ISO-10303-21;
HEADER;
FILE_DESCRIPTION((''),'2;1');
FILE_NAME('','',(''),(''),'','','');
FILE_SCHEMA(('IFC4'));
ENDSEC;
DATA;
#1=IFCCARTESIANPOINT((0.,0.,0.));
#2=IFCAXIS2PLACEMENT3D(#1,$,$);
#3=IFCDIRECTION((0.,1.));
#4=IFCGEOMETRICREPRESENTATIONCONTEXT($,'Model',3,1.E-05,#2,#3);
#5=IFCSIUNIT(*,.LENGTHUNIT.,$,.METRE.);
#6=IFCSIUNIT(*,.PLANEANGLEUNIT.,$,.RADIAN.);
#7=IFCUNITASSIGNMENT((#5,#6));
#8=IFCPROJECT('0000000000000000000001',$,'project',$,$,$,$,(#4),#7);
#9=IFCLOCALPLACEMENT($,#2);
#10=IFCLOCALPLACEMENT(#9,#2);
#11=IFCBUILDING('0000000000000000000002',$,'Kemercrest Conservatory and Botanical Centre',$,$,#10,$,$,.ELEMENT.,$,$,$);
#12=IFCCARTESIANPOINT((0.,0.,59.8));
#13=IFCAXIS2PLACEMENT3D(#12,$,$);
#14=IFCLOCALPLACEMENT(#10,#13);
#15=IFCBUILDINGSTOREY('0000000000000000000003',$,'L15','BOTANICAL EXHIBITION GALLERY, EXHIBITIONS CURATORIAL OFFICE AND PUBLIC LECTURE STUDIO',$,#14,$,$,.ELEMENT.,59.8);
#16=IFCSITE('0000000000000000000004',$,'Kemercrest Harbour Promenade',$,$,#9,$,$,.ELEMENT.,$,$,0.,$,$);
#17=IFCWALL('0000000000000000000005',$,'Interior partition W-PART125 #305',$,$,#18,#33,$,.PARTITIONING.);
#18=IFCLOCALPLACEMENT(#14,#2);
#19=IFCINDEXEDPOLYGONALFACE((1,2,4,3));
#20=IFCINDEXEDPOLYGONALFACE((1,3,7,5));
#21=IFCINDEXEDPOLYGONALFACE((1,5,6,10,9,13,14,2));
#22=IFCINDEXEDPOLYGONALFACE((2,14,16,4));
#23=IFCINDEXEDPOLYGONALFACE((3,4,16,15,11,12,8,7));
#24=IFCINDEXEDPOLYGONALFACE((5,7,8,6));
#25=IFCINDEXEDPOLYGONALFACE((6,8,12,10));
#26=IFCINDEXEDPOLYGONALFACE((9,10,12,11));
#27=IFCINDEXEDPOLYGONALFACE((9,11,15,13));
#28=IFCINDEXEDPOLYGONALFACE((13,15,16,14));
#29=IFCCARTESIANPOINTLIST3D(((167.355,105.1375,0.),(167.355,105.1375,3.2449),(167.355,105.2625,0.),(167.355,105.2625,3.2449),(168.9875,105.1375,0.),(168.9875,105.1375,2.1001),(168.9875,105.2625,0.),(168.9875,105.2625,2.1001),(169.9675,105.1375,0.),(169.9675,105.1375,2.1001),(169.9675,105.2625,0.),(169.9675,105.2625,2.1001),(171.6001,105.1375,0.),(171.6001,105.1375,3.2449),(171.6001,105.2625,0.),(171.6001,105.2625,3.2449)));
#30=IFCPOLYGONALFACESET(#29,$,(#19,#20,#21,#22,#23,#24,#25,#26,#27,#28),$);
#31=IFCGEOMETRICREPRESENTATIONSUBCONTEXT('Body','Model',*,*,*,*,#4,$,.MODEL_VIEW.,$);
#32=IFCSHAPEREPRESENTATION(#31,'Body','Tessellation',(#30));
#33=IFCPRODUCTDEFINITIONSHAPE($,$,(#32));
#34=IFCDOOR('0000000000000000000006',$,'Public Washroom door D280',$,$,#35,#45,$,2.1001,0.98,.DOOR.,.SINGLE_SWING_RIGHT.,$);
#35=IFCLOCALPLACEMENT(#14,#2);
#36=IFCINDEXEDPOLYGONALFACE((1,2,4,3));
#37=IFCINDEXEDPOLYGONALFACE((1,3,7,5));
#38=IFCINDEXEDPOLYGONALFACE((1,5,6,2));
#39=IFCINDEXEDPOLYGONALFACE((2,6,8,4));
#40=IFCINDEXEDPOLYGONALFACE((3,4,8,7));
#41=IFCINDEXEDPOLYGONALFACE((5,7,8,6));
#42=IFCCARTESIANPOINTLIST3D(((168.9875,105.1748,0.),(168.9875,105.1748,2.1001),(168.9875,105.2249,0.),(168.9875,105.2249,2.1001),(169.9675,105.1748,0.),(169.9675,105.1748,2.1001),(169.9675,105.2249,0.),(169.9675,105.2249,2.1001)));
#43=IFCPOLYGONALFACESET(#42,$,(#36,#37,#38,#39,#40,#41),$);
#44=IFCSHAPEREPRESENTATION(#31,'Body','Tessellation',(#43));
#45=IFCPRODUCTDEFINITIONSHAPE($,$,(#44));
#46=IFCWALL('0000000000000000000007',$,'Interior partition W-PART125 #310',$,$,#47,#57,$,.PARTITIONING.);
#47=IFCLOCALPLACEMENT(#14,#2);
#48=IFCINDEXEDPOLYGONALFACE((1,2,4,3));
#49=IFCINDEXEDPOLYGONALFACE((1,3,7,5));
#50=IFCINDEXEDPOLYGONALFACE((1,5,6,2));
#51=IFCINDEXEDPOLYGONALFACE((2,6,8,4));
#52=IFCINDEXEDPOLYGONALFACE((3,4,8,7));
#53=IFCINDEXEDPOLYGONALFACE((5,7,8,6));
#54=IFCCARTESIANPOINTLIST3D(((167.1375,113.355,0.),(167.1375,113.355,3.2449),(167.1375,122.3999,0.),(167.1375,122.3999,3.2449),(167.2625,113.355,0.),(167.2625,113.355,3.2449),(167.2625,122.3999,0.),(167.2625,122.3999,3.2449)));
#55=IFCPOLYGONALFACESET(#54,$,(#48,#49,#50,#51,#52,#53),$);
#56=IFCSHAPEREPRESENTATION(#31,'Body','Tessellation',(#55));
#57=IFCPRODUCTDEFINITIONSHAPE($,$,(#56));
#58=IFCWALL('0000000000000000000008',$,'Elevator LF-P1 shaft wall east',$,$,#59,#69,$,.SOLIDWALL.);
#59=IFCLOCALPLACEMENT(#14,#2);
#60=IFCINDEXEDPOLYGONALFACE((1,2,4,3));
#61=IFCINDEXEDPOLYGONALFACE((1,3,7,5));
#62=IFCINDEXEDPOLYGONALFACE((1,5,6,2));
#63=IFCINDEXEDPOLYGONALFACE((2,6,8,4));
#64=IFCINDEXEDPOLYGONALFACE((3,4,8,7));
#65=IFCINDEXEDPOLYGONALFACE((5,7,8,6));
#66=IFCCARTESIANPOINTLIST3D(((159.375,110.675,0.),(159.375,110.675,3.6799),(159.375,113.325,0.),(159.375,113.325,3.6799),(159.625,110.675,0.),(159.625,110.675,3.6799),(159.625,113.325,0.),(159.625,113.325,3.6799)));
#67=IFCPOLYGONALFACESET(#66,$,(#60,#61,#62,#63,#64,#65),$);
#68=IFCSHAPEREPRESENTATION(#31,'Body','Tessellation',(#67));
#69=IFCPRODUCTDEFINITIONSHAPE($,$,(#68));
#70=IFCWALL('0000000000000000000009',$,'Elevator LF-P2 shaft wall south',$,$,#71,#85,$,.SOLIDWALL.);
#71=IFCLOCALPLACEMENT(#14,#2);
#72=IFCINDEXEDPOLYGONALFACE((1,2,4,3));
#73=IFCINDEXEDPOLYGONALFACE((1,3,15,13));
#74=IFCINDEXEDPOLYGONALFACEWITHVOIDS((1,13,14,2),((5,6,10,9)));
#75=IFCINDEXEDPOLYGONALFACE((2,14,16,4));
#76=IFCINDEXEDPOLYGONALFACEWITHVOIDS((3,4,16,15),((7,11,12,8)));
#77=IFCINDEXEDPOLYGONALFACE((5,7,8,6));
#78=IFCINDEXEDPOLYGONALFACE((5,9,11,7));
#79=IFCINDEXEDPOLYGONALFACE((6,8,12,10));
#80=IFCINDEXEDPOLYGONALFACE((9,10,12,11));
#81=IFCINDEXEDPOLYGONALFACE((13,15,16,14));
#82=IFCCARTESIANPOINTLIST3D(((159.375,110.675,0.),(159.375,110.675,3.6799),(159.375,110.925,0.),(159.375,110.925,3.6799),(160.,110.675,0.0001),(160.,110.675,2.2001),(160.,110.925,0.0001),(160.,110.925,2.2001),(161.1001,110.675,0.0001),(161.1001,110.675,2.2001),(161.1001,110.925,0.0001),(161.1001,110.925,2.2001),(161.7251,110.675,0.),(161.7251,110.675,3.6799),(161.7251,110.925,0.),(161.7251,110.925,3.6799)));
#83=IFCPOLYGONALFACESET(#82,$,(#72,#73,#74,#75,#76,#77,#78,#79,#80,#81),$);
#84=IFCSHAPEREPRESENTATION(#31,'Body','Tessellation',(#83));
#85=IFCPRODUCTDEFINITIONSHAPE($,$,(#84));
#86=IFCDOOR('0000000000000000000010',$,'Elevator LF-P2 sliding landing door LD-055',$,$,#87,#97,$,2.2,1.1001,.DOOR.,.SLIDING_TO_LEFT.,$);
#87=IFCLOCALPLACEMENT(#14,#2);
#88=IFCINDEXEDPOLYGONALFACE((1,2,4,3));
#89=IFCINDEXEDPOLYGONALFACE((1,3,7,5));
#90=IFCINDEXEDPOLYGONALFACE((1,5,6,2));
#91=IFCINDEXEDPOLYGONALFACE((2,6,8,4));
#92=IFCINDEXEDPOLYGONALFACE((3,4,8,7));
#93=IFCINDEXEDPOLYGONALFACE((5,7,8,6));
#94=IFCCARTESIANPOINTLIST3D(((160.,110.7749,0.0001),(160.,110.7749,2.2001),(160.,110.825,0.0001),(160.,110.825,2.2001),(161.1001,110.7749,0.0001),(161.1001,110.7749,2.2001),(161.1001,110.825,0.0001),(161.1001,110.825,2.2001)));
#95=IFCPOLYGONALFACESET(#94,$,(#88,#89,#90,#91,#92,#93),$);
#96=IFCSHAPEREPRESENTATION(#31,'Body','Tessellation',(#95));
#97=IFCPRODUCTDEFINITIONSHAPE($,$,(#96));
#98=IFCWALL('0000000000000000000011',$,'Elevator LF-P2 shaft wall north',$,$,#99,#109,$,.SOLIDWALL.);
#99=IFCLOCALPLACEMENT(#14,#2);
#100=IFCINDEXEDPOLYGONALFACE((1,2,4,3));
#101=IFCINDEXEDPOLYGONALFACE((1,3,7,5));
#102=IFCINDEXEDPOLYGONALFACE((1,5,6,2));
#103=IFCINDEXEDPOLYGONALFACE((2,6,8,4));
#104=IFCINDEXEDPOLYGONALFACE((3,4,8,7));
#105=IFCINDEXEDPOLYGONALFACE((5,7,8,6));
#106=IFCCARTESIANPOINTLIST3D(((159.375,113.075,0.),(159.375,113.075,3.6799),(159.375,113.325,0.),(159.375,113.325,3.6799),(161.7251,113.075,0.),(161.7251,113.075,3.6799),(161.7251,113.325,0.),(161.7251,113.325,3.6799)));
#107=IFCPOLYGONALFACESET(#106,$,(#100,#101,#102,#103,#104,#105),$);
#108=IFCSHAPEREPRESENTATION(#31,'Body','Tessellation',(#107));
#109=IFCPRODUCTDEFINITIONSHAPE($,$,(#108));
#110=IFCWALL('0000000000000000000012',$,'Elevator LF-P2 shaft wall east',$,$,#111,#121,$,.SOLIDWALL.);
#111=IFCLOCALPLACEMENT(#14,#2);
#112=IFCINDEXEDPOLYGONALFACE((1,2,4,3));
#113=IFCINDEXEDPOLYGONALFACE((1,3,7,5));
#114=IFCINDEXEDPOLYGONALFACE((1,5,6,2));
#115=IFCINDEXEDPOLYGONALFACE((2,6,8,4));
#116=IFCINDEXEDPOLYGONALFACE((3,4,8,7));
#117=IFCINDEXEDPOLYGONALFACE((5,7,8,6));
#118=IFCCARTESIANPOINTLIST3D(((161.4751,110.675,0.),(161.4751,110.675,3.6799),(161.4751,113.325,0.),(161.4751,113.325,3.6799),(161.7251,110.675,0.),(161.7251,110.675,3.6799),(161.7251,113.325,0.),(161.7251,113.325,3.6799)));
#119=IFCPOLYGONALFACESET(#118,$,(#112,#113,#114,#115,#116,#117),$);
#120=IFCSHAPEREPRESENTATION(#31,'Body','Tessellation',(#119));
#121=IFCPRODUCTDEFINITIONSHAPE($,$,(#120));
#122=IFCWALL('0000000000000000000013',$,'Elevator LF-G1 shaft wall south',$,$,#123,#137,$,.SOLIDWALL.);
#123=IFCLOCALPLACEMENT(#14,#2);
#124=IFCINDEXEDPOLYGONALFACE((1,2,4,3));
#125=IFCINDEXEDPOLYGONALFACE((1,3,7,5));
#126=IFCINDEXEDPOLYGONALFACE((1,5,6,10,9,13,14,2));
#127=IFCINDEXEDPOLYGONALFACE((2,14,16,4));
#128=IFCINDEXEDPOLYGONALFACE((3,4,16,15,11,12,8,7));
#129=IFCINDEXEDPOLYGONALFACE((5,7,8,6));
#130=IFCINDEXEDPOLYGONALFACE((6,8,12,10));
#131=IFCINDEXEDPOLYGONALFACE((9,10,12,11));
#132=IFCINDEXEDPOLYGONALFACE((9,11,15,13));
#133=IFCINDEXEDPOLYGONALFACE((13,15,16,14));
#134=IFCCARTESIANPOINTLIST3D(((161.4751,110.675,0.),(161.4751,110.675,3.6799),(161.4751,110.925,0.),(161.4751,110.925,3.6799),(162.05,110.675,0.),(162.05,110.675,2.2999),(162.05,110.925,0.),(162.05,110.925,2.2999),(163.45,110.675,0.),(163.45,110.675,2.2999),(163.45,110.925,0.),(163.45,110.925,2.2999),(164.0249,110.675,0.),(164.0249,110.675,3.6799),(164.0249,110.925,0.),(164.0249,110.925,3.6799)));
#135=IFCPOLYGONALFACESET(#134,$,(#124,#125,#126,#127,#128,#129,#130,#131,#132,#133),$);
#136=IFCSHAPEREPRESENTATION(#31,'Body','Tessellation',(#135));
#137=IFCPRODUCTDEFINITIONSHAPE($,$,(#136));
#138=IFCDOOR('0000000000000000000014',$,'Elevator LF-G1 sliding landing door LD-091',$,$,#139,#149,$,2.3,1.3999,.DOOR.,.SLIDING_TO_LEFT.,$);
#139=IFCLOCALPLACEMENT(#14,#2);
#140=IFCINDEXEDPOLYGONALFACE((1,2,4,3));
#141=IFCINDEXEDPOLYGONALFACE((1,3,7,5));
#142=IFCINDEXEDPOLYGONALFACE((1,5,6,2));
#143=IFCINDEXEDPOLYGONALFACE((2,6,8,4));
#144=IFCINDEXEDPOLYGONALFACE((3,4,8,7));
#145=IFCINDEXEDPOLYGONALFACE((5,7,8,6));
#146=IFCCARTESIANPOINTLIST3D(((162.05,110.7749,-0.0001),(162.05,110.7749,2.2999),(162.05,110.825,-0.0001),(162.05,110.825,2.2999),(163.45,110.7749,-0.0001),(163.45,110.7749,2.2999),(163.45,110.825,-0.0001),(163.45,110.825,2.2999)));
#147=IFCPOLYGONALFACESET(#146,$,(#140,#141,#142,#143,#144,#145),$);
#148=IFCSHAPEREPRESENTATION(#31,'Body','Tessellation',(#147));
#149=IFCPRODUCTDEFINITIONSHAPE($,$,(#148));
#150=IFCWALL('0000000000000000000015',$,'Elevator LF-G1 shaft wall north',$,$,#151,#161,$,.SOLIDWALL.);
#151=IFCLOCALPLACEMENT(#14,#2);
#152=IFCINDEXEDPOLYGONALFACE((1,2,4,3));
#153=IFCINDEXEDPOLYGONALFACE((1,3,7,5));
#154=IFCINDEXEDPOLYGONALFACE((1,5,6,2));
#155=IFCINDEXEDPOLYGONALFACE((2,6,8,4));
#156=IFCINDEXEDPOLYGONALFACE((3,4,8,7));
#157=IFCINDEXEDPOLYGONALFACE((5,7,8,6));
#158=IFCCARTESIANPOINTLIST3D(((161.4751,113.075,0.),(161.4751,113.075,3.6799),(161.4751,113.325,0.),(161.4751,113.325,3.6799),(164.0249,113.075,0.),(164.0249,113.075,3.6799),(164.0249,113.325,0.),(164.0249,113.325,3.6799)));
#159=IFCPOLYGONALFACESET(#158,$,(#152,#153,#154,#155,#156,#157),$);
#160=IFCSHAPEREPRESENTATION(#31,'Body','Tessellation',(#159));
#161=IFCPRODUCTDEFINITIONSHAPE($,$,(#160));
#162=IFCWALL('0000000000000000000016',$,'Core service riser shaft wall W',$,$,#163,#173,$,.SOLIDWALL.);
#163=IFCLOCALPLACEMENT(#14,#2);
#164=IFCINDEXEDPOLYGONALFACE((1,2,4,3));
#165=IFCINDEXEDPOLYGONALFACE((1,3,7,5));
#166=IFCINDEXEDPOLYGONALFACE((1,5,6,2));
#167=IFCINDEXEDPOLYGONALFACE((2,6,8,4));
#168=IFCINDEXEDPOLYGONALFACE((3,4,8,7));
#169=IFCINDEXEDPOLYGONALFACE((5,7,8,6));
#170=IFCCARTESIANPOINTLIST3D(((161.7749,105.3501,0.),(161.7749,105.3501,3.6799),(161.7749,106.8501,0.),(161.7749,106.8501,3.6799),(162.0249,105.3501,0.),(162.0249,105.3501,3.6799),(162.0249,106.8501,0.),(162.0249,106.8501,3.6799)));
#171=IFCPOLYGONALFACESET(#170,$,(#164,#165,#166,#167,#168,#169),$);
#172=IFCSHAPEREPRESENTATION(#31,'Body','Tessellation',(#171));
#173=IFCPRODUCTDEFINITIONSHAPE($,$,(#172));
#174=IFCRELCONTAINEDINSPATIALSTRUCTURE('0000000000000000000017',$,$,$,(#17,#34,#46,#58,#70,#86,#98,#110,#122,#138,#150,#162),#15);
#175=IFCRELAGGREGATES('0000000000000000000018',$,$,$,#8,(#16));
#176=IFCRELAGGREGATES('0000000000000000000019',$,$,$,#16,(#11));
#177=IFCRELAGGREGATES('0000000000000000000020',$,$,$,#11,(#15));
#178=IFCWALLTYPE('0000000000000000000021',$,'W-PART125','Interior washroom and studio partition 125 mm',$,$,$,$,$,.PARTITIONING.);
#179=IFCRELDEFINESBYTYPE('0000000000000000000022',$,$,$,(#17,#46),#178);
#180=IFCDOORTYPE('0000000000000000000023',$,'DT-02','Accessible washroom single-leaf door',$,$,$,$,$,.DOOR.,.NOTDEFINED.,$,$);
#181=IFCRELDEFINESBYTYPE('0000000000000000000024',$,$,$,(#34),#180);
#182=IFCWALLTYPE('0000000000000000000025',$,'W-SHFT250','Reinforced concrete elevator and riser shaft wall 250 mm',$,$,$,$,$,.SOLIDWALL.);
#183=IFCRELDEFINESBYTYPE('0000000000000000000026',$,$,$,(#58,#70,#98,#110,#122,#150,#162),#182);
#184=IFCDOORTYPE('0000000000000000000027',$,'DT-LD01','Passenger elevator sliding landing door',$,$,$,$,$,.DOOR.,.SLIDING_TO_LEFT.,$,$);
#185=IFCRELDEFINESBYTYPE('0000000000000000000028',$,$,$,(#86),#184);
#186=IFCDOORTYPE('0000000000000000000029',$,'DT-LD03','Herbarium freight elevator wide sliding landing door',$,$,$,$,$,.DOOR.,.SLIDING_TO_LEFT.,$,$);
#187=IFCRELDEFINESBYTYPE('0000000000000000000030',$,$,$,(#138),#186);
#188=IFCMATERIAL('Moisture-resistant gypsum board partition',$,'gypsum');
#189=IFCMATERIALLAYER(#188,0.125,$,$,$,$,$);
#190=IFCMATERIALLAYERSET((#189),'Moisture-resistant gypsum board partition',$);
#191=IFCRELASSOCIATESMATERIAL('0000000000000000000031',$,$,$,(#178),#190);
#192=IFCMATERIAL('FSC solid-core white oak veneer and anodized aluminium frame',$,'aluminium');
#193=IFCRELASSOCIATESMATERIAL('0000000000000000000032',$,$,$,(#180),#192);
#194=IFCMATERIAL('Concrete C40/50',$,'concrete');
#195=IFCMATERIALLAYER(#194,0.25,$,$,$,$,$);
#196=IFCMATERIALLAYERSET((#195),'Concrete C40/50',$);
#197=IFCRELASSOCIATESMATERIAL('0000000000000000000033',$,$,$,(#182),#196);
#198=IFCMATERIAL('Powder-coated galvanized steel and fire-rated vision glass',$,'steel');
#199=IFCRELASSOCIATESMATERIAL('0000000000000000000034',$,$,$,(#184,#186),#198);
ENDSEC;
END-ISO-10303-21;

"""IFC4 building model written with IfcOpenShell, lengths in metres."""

from ifc_helpers import new_model, si_unit, direction, frame, frame_2d, origin, place, context, subcontext, project, spatial, rectangle, extrude, material, layer, layer_set, type_object, element, fill, save


model = new_model("IFC4")

# Units and contexts
model_context = context("Model", 3, precision=1e-05, world=origin(), true_north=direction((0.0, 1.0)))
body_context = subcontext(model_context, "Body", "Model", "MODEL_VIEW")
ifc_project = project(units=[si_unit("LENGTHUNIT", "METRE"), si_unit("PLANEANGLEUNIT", "RADIAN")], contexts=[model_context])

# Site, building, storey
site_placement = place(None, origin())
site = spatial("IfcSite", under=ifc_project, at=site_placement, Name="Kemercrest Harbour Promenade", CompositionType="ELEMENT", RefElevation=0.0)
building_placement = place(site_placement, origin())
building = spatial("IfcBuilding", under=site, at=building_placement, Name="Kemercrest Conservatory and Botanical Centre", CompositionType="ELEMENT")
storey_placement = place(building_placement, frame((0.0, 0.0, 59.8)))
storey = spatial("IfcBuildingStorey", under=building, at=storey_placement, Name="L15", Description="BOTANICAL EXHIBITION GALLERY, EXHIBITIONS CURATORIAL OFFICE AND PUBLIC LECTURE STUDIO", CompositionType="ELEMENT", Elevation=59.8)

# Shared definitions
ifc_material_1 = material(Name="Concrete C40/50", Category="concrete")

# Shared definitions
ifc_material_2 = material(Name="Powder-coated galvanized steel and fire-rated vision glass", Category="steel")

# Wall, opening, door
ifc_material_3 = material(Name="Moisture-resistant gypsum board partition", Category="gypsum")
ifc_layer_1 = layer(ifc_material_3, 0.125)
ifc_layer_set_1 = layer_set([ifc_layer_1], Name="Moisture-resistant gypsum board partition")
wall_type_1 = type_object("IfcWallType", Name="W-PART125", Description="Interior washroom and studio partition 125 mm", PredefinedType="PARTITIONING", material=ifc_layer_set_1)
wall_1_placement = place(storey_placement, frame((167.355, 105.2, 0.0), z_axis=(0.0, 0.0, 1.0), x_axis=(1.0, 0.0, 0.0)))
wall_1 = element("IfcWall", 1, at=wall_1_placement, inside=storey, type_object=wall_type_1, Name="Interior partition W-PART125 #305", PredefinedType="PARTITIONING", context=body_context, shape_type="SweptSolid", body=[
    extrude(rectangle(XDim=4.2451, YDim=0.125, at=frame_2d((2.1226, 0.0))), origin(), (0.0, 0.0, 1.0), 3.2449),
])
opening_1_placement = place(wall_1_placement, frame((1.6326, 0.0, 0.0)))
opening_1 = element("IfcOpeningElement", 2, at=opening_1_placement, cuts=wall_1, PredefinedType="OPENING", context=body_context, shape_type="SweptSolid", body=[
    extrude(rectangle(XDim=0.98, YDim=2.1001, at=frame_2d((0.49, 1.05))), frame((0.0, 0.0725, 0.0), z_axis=(0.0, -1.0, 0.0), x_axis=(1.0, 0.0, 0.0)), (0.0, 0.0, 1.0), 0.145),
])
ifc_material_4 = material(Name="FSC solid-core white oak veneer and anodized aluminium frame", Category="aluminium")
door_type_1 = type_object("IfcDoorType", Name="DT-02", Description="Accessible washroom single-leaf door", OperationType="NOTDEFINED", PredefinedType="DOOR", material=ifc_material_4)
door_1_placement = place(opening_1_placement, origin())
door_1 = element("IfcDoor", 3, at=door_1_placement, inside=storey, type_object=door_type_1, Name="Public Washroom door D280", OperationType="SINGLE_SWING_RIGHT", OverallHeight=2.1001, OverallWidth=0.98, PredefinedType="DOOR", context=body_context, shape_type="SweptSolid", body=[
    extrude(rectangle(XDim=0.98, YDim=2.1001, at=frame_2d((0.49, 1.05))), frame((0.0, 0.0249, 0.0), z_axis=(0.0, -1.0, 0.0), x_axis=(1.0, 0.0, 0.0)), (0.0, 0.0, 1.0), 0.05),
])
fill(opening_1, door_1)

# Walls
wall_2_placement = place(storey_placement, frame((167.2, 113.355, 0.0), z_axis=(0.0, 0.0, 1.0), x_axis=(0.0, 1.0, 0.0)))
element("IfcWall", 4, at=wall_2_placement, inside=storey, type_object=wall_type_1, Name="Interior partition W-PART125 #310", PredefinedType="PARTITIONING", context=body_context, shape_type="SweptSolid", body=[
    extrude(rectangle(XDim=9.0449, YDim=0.125, at=frame_2d((4.5225, 0.0))), origin(), (0.0, 0.0, 1.0), 3.2449),
])
ifc_layer_2 = layer(ifc_material_1, 0.25)
ifc_layer_set_2 = layer_set([ifc_layer_2], Name="Concrete C40/50")
wall_type_2 = type_object("IfcWallType", Name="W-SHFT250", Description="Reinforced concrete elevator and riser shaft wall 250 mm", PredefinedType="SOLIDWALL", material=ifc_layer_set_2)
wall_3_placement = place(storey_placement, frame((159.5, 110.675, 0.0), z_axis=(0.0, 0.0, 1.0), x_axis=(0.0, 1.0, 0.0)))
element("IfcWall", 5, at=wall_3_placement, inside=storey, type_object=wall_type_2, Name="Elevator LF-P1 shaft wall east", PredefinedType="SOLIDWALL", context=body_context, shape_type="SweptSolid", body=[
    extrude(rectangle(XDim=2.6499, YDim=0.25, at=frame_2d((1.325, 0.0))), origin(), (0.0, 0.0, 1.0), 3.6799),
])

# Wall, opening, door
wall_4_placement = place(storey_placement, frame((159.375, 110.8, 0.0), z_axis=(0.0, 0.0, 1.0), x_axis=(1.0, 0.0, 0.0)))
wall_4 = element("IfcWall", 6, at=wall_4_placement, inside=storey, type_object=wall_type_2, Name="Elevator LF-P2 shaft wall south", PredefinedType="SOLIDWALL", context=body_context, shape_type="SweptSolid", body=[
    extrude(rectangle(XDim=2.3501, YDim=0.25, at=frame_2d((1.175, 0.0))), origin(), (0.0, 0.0, 1.0), 3.6799),
])
opening_2_placement = place(wall_4_placement, frame((0.625, 0.0, 0.0)))
opening_2 = element("IfcOpeningElement", 7, at=opening_2_placement, cuts=wall_4, PredefinedType="OPENING", context=body_context, shape_type="SweptSolid", body=[
    extrude(rectangle(XDim=1.1001, YDim=2.2, at=frame_2d((0.55, 1.1001))), frame((0.0, 0.135, 0.0), z_axis=(0.0, -1.0, 0.0), x_axis=(1.0, 0.0, 0.0)), (0.0, 0.0, 1.0), 0.27),
])
door_type_2 = type_object("IfcDoorType", Name="DT-LD01", Description="Passenger elevator sliding landing door", OperationType="SLIDING_TO_LEFT", PredefinedType="DOOR", material=ifc_material_2)
door_2_placement = place(opening_2_placement, origin())
door_2 = element("IfcDoor", 8, at=door_2_placement, inside=storey, type_object=door_type_2, Name="Elevator LF-P2 sliding landing door LD-055", OperationType="SLIDING_TO_LEFT", OverallHeight=2.2, OverallWidth=1.1001, PredefinedType="DOOR", context=body_context, shape_type="SweptSolid", body=[
    extrude(rectangle(XDim=1.1001, YDim=2.2, at=frame_2d((0.55, 1.1001))), frame((0.0, 0.0249, 0.0), z_axis=(0.0, -1.0, 0.0), x_axis=(1.0, 0.0, 0.0)), (0.0, 0.0, 1.0), 0.05),
])
fill(opening_2, door_2)

# Walls
wall_5_placement = place(storey_placement, frame((159.375, 113.2, 0.0), z_axis=(0.0, 0.0, 1.0), x_axis=(1.0, 0.0, 0.0)))
element("IfcWall", 9, at=wall_5_placement, inside=storey, type_object=wall_type_2, Name="Elevator LF-P2 shaft wall north", PredefinedType="SOLIDWALL", context=body_context, shape_type="SweptSolid", body=[
    extrude(rectangle(XDim=2.3501, YDim=0.25, at=frame_2d((1.175, 0.0))), origin(), (0.0, 0.0, 1.0), 3.6799),
])
wall_6_placement = place(storey_placement, frame((161.6001, 110.675, 0.0), z_axis=(0.0, 0.0, 1.0), x_axis=(0.0, 1.0, 0.0)))
element("IfcWall", 10, at=wall_6_placement, inside=storey, type_object=wall_type_2, Name="Elevator LF-P2 shaft wall east", PredefinedType="SOLIDWALL", context=body_context, shape_type="SweptSolid", body=[
    extrude(rectangle(XDim=2.6499, YDim=0.25, at=frame_2d((1.325, 0.0))), origin(), (0.0, 0.0, 1.0), 3.6799),
])

# Wall, opening, door
wall_7_placement = place(storey_placement, frame((161.4751, 110.8, 0.0), z_axis=(0.0, 0.0, 1.0), x_axis=(1.0, 0.0, 0.0)))
wall_7 = element("IfcWall", 11, at=wall_7_placement, inside=storey, type_object=wall_type_2, Name="Elevator LF-G1 shaft wall south", PredefinedType="SOLIDWALL", context=body_context, shape_type="SweptSolid", body=[
    extrude(rectangle(XDim=2.5498, YDim=0.25, at=frame_2d((1.2749, 0.0))), origin(), (0.0, 0.0, 1.0), 3.6799),
])
opening_3_placement = place(wall_7_placement, frame((0.575, 0.0, 0.0)))
opening_3 = element("IfcOpeningElement", 12, at=opening_3_placement, cuts=wall_7, PredefinedType="OPENING", context=body_context, shape_type="SweptSolid", body=[
    extrude(rectangle(XDim=1.3999, YDim=2.3, at=frame_2d((0.7, 1.1499))), frame((0.0, 0.135, 0.0), z_axis=(0.0, -1.0, 0.0), x_axis=(1.0, 0.0, 0.0)), (0.0, 0.0, 1.0), 0.27),
])
door_type_3 = type_object("IfcDoorType", Name="DT-LD03", Description="Herbarium freight elevator wide sliding landing door", OperationType="SLIDING_TO_LEFT", PredefinedType="DOOR", material=ifc_material_2)
door_3_placement = place(opening_3_placement, origin())
door_3 = element("IfcDoor", 13, at=door_3_placement, inside=storey, type_object=door_type_3, Name="Elevator LF-G1 sliding landing door LD-091", OperationType="SLIDING_TO_LEFT", OverallHeight=2.3, OverallWidth=1.3999, PredefinedType="DOOR", context=body_context, shape_type="SweptSolid", body=[
    extrude(rectangle(XDim=1.3999, YDim=2.3, at=frame_2d((0.7, 1.1499))), frame((0.0, 0.0249, 0.0), z_axis=(0.0, -1.0, 0.0), x_axis=(1.0, 0.0, 0.0)), (0.0, 0.0, 1.0), 0.05),
])
fill(opening_3, door_3)

# Walls
wall_8_placement = place(storey_placement, frame((161.4751, 113.2, 0.0), z_axis=(0.0, 0.0, 1.0), x_axis=(1.0, 0.0, 0.0)))
element("IfcWall", 14, at=wall_8_placement, inside=storey, type_object=wall_type_2, Name="Elevator LF-G1 shaft wall north", PredefinedType="SOLIDWALL", context=body_context, shape_type="SweptSolid", body=[
    extrude(rectangle(XDim=2.5498, YDim=0.25, at=frame_2d((1.2749, 0.0))), origin(), (0.0, 0.0, 1.0), 3.6799),
])
wall_9_placement = place(storey_placement, frame((161.8999, 105.3501, 0.0), z_axis=(0.0, 0.0, 1.0), x_axis=(0.0, 1.0, 0.0)))
element("IfcWall", 15, at=wall_9_placement, inside=storey, type_object=wall_type_2, Name="Core service riser shaft wall W", PredefinedType="SOLIDWALL", context=body_context, shape_type="SweptSolid", body=[
    extrude(rectangle(XDim=1.5, YDim=0.25, at=frame_2d((0.75, 0.0))), origin(), (0.0, 0.0, 1.0), 3.6799),
])

save(model, "model.ifc")
